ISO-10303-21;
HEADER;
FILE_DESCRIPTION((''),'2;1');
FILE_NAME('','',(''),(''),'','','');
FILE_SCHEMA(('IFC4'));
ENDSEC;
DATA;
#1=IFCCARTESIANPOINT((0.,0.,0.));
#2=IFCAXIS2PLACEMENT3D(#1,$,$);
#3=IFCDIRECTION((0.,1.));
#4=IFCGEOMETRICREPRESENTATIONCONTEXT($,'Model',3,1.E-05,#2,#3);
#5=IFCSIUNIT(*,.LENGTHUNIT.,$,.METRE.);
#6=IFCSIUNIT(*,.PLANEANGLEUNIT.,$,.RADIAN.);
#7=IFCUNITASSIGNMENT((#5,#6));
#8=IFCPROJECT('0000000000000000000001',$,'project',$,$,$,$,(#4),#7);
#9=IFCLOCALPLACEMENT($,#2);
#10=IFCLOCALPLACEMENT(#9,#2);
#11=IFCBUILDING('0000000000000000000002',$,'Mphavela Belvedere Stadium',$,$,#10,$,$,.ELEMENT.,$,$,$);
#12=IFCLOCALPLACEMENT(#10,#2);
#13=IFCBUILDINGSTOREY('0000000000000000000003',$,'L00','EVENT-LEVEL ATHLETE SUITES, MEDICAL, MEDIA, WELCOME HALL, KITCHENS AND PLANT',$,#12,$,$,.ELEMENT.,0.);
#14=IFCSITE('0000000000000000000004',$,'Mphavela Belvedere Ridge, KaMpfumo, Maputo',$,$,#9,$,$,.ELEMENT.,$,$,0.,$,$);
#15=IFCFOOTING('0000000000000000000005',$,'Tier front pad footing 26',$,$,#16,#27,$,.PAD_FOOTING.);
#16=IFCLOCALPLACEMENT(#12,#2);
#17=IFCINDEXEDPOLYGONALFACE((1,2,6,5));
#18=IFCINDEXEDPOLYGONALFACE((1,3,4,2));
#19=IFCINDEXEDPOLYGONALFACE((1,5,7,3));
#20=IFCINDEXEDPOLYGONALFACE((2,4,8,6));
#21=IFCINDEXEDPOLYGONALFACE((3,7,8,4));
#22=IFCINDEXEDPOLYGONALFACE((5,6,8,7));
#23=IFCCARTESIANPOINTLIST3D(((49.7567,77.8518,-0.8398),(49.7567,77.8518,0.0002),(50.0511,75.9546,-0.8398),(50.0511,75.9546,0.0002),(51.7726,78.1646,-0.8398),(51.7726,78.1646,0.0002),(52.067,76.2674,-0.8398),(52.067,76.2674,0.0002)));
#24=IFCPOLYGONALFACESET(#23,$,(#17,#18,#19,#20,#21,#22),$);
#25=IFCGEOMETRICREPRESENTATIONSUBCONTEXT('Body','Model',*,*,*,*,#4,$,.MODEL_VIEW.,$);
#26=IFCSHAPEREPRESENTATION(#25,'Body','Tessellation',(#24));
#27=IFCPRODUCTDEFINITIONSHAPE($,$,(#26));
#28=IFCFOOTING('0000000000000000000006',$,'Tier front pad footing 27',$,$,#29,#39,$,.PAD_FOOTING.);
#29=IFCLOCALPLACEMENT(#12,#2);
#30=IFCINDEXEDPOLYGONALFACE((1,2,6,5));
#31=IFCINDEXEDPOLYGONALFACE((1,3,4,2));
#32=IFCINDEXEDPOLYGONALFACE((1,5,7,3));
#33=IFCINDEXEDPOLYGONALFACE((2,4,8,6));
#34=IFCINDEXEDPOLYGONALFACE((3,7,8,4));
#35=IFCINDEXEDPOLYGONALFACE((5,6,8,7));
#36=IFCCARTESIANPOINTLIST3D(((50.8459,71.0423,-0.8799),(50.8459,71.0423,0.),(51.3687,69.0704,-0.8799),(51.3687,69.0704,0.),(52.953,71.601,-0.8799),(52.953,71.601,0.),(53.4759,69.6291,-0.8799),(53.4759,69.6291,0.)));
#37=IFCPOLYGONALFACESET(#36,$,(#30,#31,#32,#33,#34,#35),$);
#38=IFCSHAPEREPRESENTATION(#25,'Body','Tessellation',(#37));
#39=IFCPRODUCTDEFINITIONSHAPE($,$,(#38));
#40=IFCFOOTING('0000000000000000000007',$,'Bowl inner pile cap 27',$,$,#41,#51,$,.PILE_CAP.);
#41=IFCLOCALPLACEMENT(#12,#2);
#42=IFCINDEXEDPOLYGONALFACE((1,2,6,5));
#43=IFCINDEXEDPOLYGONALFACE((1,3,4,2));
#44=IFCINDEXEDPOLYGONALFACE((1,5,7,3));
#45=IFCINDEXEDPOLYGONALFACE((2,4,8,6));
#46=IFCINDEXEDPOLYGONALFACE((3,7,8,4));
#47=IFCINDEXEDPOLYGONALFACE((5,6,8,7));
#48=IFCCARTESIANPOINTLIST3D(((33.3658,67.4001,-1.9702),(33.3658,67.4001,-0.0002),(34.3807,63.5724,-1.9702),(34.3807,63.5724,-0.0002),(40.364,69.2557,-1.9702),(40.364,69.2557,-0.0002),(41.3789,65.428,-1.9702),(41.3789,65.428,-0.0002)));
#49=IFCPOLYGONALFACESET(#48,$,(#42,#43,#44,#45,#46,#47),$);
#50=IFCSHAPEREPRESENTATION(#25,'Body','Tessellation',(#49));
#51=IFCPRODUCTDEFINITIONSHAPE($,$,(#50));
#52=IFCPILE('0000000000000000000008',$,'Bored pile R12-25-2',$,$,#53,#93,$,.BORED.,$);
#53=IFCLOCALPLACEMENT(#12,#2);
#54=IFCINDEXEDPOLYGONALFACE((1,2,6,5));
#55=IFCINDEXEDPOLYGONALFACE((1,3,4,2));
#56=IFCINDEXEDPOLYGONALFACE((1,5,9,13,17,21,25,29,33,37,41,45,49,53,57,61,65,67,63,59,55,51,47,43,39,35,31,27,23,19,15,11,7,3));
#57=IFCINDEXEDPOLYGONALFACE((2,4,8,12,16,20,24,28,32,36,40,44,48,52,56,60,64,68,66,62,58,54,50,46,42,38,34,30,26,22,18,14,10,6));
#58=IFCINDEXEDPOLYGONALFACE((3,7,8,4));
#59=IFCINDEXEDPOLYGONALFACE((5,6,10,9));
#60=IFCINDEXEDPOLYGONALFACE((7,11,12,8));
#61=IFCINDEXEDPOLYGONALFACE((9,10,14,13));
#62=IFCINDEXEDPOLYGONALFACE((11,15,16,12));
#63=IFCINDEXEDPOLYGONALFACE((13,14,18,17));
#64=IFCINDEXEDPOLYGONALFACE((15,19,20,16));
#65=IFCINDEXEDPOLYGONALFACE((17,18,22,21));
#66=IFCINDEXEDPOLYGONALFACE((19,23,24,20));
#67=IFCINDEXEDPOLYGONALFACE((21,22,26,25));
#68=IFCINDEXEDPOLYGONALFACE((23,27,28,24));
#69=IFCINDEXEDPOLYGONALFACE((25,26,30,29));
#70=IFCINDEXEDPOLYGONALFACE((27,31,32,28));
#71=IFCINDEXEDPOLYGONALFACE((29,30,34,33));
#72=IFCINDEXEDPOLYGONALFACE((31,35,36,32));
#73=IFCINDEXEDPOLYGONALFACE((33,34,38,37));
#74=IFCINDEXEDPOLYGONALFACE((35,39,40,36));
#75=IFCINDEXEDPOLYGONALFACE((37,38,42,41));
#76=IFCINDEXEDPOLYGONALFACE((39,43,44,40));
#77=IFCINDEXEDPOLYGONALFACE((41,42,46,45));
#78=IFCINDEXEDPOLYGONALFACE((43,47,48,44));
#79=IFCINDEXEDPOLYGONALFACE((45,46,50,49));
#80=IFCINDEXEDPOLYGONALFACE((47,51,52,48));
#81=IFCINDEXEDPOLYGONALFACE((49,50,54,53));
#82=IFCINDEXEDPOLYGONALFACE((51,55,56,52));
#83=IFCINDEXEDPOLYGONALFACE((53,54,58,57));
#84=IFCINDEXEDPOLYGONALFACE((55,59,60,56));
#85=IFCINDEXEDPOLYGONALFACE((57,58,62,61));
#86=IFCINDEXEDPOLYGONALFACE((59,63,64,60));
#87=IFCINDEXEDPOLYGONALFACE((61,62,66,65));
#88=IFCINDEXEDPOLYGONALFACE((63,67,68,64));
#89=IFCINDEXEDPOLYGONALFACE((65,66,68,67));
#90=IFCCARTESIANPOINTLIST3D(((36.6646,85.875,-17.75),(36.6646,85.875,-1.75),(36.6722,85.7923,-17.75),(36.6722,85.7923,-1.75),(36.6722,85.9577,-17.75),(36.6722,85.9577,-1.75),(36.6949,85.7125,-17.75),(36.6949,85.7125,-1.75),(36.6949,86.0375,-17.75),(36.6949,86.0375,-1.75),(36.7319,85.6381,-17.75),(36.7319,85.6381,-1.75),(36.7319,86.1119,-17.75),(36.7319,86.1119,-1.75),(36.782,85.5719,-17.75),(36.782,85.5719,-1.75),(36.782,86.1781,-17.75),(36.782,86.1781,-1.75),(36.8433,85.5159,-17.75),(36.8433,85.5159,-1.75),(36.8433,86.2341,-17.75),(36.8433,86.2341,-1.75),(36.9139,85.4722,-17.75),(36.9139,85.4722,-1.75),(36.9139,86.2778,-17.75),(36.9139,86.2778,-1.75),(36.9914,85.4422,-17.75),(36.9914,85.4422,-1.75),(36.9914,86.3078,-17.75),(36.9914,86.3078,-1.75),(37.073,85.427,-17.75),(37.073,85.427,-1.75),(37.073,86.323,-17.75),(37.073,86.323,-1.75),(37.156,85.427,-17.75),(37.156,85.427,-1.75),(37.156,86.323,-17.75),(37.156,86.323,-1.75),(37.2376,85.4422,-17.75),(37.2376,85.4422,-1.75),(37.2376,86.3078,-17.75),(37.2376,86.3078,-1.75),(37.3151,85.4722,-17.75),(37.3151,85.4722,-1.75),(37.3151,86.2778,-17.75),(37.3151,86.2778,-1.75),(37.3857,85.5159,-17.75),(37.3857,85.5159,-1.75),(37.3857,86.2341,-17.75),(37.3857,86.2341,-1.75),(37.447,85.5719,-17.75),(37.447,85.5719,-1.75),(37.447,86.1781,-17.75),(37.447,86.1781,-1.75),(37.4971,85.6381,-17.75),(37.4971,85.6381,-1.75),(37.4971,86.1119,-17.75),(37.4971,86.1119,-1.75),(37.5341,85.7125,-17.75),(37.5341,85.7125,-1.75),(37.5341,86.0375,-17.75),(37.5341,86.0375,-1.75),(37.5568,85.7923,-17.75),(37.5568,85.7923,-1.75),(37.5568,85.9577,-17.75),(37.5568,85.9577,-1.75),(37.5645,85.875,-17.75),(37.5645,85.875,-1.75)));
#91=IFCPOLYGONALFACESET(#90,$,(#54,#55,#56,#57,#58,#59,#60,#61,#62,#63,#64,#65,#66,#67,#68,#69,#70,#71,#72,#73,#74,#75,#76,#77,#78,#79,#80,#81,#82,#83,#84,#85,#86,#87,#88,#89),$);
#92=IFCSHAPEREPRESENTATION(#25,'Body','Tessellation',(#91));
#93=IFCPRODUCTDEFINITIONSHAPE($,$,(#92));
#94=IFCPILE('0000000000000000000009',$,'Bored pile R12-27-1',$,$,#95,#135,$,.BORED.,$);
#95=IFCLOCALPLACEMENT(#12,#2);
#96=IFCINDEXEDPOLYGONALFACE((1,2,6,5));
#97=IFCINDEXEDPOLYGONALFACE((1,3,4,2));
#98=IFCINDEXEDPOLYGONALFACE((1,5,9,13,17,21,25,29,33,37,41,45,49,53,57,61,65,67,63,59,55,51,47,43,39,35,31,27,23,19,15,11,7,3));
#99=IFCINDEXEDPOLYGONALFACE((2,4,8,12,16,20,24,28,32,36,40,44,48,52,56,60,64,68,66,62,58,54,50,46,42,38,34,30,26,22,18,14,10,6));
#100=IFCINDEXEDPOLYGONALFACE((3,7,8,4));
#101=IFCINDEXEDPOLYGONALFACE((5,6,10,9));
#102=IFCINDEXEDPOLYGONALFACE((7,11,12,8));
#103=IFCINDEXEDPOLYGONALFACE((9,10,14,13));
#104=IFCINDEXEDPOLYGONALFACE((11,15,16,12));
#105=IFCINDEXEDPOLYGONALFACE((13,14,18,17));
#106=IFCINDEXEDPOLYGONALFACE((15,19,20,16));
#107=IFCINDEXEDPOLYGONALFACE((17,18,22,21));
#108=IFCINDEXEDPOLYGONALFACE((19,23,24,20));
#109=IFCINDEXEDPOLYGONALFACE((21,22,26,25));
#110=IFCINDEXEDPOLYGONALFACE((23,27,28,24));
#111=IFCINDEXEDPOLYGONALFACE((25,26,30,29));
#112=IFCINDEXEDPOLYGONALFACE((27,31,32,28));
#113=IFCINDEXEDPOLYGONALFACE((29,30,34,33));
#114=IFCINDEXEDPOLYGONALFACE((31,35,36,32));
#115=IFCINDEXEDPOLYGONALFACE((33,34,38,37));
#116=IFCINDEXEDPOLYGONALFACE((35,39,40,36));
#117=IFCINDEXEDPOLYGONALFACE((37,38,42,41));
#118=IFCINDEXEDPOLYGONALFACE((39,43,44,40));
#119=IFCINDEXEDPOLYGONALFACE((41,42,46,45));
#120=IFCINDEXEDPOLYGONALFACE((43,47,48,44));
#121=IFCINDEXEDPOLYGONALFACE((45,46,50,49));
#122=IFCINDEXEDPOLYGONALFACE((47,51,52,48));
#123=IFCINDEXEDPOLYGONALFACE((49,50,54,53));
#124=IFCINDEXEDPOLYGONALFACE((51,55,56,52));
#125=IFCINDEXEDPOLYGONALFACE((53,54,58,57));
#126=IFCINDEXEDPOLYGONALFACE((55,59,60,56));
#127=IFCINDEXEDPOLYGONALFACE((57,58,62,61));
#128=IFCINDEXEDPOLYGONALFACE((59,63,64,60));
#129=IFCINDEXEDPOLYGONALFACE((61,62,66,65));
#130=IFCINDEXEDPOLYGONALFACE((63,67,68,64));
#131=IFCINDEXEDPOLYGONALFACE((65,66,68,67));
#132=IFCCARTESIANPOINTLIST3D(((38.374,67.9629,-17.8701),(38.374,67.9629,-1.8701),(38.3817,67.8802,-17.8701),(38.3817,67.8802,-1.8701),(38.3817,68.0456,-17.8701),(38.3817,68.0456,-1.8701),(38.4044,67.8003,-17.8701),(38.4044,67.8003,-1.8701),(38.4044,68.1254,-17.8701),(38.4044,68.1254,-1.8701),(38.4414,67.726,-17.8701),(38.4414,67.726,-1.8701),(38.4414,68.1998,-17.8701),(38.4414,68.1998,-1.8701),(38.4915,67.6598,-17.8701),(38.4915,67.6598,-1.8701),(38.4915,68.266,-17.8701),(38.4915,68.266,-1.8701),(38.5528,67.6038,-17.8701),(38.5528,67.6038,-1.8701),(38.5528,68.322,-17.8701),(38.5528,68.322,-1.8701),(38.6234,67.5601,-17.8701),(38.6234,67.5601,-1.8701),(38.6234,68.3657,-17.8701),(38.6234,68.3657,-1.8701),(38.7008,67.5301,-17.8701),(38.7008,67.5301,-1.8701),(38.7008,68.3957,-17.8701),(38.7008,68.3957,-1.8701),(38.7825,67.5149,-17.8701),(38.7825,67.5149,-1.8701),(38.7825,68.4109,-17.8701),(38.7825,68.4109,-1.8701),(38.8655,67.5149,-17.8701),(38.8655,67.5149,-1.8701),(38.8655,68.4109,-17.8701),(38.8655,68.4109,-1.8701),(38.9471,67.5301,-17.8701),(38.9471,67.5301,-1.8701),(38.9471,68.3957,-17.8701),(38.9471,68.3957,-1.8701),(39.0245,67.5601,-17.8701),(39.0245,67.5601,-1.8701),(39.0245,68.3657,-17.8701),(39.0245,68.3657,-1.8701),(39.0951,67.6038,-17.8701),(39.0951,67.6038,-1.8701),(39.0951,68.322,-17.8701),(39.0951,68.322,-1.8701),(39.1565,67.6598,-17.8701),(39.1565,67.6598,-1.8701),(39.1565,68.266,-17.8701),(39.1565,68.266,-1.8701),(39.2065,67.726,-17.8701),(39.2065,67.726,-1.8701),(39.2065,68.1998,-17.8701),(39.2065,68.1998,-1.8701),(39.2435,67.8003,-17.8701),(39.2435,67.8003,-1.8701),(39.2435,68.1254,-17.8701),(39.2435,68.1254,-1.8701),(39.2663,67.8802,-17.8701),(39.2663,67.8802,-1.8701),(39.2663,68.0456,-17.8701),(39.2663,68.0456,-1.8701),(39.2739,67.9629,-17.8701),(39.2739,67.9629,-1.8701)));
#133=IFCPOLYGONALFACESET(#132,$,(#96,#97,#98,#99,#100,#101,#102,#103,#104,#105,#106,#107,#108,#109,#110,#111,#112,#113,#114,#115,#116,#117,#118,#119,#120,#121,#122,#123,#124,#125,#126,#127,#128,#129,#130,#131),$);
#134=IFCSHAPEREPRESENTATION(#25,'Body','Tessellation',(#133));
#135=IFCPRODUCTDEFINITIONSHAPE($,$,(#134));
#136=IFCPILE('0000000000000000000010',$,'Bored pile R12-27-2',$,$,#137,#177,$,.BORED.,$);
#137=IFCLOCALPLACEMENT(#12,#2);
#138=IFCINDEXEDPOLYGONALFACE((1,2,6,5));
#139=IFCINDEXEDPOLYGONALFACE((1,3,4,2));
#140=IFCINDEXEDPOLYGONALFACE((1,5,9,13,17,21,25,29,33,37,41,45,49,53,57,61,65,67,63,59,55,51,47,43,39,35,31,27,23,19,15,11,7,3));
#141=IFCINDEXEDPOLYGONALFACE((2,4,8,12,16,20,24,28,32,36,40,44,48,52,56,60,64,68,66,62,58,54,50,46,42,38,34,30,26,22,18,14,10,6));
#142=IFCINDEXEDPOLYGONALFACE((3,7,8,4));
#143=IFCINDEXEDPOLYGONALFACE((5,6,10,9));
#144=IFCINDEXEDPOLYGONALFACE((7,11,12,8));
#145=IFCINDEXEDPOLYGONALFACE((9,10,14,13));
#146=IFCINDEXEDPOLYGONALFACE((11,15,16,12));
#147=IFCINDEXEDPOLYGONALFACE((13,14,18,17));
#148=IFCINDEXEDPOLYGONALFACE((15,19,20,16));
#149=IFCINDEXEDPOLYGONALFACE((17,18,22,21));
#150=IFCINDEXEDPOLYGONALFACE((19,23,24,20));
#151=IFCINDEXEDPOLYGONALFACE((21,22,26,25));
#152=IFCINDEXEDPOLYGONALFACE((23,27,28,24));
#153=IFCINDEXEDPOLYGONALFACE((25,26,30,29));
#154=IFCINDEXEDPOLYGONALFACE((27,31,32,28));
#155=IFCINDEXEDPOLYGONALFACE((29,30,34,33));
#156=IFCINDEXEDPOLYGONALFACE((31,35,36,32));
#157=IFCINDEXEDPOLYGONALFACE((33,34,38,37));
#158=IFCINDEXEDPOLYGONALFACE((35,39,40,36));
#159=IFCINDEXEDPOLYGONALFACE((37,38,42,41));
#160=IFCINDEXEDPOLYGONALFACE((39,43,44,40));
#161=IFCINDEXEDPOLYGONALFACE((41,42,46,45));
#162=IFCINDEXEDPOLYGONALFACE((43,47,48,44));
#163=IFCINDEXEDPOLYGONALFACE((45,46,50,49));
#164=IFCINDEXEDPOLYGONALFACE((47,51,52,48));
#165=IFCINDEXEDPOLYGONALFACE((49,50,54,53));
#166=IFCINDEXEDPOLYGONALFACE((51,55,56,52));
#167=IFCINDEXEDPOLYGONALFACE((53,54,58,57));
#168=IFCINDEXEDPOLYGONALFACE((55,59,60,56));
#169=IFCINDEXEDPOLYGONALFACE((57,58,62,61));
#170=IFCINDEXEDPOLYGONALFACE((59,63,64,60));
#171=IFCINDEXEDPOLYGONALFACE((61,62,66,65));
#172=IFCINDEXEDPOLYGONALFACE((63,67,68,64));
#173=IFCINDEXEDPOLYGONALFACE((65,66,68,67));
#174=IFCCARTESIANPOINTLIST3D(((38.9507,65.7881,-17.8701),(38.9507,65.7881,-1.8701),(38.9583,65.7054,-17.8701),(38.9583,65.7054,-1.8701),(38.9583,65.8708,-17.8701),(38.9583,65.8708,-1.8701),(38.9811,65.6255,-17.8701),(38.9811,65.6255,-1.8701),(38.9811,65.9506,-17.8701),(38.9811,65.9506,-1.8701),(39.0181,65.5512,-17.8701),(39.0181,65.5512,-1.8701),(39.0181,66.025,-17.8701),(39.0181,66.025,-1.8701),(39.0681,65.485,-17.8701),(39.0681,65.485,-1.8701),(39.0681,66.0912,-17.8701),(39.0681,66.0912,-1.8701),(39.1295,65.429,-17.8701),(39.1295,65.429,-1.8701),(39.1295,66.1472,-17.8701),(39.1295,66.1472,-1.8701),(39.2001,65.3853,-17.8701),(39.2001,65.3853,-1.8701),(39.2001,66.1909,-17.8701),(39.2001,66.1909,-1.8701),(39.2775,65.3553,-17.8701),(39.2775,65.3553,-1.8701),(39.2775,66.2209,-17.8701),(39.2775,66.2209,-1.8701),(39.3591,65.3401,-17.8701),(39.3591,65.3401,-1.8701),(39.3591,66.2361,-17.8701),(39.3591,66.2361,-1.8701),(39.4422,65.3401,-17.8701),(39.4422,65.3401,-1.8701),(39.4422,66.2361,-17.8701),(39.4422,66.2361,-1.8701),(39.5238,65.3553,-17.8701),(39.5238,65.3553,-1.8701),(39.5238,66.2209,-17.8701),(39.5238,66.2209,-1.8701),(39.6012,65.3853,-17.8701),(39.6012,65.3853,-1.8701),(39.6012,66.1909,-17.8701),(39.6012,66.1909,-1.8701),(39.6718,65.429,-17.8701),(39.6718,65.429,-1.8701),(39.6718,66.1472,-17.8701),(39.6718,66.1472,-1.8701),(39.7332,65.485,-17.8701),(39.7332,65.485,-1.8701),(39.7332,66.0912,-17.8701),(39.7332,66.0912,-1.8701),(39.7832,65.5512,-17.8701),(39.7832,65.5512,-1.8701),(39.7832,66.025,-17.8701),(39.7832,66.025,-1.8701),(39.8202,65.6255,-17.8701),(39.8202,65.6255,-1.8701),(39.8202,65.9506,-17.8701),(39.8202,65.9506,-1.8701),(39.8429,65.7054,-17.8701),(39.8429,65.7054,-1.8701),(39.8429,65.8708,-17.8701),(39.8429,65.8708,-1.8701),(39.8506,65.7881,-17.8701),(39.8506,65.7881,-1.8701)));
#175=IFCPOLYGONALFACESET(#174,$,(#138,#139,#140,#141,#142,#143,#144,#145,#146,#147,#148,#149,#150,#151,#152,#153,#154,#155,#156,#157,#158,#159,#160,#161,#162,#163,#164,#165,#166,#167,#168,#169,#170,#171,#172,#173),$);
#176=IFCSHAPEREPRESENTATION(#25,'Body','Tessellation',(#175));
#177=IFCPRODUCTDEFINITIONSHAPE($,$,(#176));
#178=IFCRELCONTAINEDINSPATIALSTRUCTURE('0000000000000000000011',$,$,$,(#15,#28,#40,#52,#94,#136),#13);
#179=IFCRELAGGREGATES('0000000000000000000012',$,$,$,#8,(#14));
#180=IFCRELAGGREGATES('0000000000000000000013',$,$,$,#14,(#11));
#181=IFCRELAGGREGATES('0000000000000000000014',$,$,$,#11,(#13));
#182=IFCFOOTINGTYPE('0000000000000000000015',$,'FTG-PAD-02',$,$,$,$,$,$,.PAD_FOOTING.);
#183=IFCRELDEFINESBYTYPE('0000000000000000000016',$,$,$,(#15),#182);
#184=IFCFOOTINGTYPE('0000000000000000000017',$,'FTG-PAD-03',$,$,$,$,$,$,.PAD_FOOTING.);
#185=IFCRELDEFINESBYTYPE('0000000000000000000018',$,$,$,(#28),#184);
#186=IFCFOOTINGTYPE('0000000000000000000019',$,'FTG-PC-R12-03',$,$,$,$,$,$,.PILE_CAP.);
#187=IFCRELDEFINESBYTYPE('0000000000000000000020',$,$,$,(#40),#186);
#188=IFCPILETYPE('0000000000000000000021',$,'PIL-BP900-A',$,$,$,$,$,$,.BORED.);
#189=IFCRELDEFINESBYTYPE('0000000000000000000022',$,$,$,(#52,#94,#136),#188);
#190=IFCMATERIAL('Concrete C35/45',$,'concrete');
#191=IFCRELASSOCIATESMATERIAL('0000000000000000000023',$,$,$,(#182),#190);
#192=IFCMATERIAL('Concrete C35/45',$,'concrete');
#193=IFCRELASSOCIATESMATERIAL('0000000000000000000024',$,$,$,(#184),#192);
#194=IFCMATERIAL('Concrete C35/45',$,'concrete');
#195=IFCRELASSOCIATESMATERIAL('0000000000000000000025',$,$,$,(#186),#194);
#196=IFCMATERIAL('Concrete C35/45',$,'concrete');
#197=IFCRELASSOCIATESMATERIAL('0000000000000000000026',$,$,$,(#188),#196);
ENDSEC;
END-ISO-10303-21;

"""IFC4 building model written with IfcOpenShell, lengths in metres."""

from ifc_helpers import new_model, si_unit, direction, frame, origin, origin_2d, place, context, subcontext, project, spatial, rectangle, circle, extrude, material, material_profile, profile_set, type_object, element, save


model = new_model("IFC4")

# Units and contexts
model_context = context("Model", 3, precision=1e-05, world=origin(), true_north=direction((0.0, 1.0)))
body_context = subcontext(model_context, "Body", "Model", "MODEL_VIEW")
ifc_project = project(units=[si_unit("LENGTHUNIT", "METRE"), si_unit("PLANEANGLEUNIT", "RADIAN")], contexts=[model_context])

# Site, building, storey
site_placement = place(None, origin())
site = spatial("IfcSite", under=ifc_project, at=site_placement, Name="Mphavela Belvedere Ridge, KaMpfumo, Maputo", CompositionType="ELEMENT", RefElevation=0.0)
building_placement = place(site_placement, origin())
building = spatial("IfcBuilding", under=site, at=building_placement, Name="Mphavela Belvedere Stadium", CompositionType="ELEMENT")
storey_placement = place(building_placement, origin())
storey = spatial("IfcBuildingStorey", under=building, at=storey_placement, Name="L00", Description="EVENT-LEVEL ATHLETE SUITES, MEDICAL, MEDIA, WELCOME HALL, KITCHENS AND PLANT", CompositionType="ELEMENT", Elevation=0.0)

# Footings
ifc_material_1 = material(Name="Concrete C35/45", Category="concrete")
footing_type_1 = type_object("IfcFootingType", Name="FTG-PAD-02", PredefinedType="PAD_FOOTING", material=ifc_material_1)
footing_1_placement = place(storey_placement, frame((50.9119, 77.0596, -0.8398), z_axis=(0.0, 0.0, 1.0), x_axis=(-0.988175, -0.153331, 0.0)))
element("IfcFooting", 1, at=footing_1_placement, inside=storey, type_object=footing_type_1, Name="Tier front pad footing 26", PredefinedType="PAD_FOOTING", context=body_context, shape_type="SweptSolid", body=[
    extrude(rectangle(XDim=2.04, YDim=1.9199, at=origin_2d()), origin(), (0.0, 0.0, 1.0), 0.8401),
])
ifc_material_2 = material(Name="Concrete C35/45", Category="concrete")
footing_type_2 = type_object("IfcFootingType", Name="FTG-PAD-03", PredefinedType="PAD_FOOTING", material=ifc_material_2)
footing_2_placement = place(storey_placement, frame((52.1609, 70.3357, -0.8799), z_axis=(0.0, 0.0, 1.0), x_axis=(-0.9666, -0.256289, 0.0)))
element("IfcFooting", 2, at=footing_2_placement, inside=storey, type_object=footing_type_2, Name="Tier front pad footing 27", PredefinedType="PAD_FOOTING", context=body_context, shape_type="SweptSolid", body=[
    extrude(rectangle(XDim=2.1799, YDim=2.04, at=origin_2d()), origin(), (0.0, 0.0, 1.0), 0.8799),
])
ifc_material_3 = material(Name="Concrete C35/45", Category="concrete")
footing_type_3 = type_object("IfcFootingType", Name="FTG-PC-R12-03", PredefinedType="PILE_CAP", material=ifc_material_3)
footing_3_placement = place(storey_placement, frame((37.3723, 66.4141, -1.9702), z_axis=(0.0, 0.0, 1.0), x_axis=(-0.9666, -0.256289, 0.0)))
element("IfcFooting", 3, at=footing_3_placement, inside=storey, type_object=footing_type_3, Name="Bowl inner pile cap 27", PredefinedType="PILE_CAP", context=body_context, shape_type="SweptSolid", body=[
    extrude(rectangle(XDim=7.24, YDim=3.96, at=origin_2d()), origin(), (0.0, 0.0, 1.0), 1.97),
])

# Piles
ifc_material_4 = material(Name="Concrete C35/45", Category="concrete")
ifc_material_profile_1 = material_profile(ifc_material_4, circle(Radius=0.45, at=origin_2d()), Name="BP D900")
ifc_profile_set_1 = profile_set([ifc_material_profile_1], Name="Concrete C35/45")
pile_type_1 = type_object("IfcPileType", Name="PIL-BP900-A", PredefinedType="BORED", material=ifc_profile_set_1)
for number, where, z_axis, x_axis, name in (
    (4, (37.1145, 85.875, -1.75), (0.0, 0.0, -1.0), (1.0, 0.0, 0.0), "Bored pile R12-25-2"),
    (5, (38.824, 67.9629, -1.8701), (0.0, 0.0, -1.0), (1.0, 0.0, 0.0), "Bored pile R12-27-1"),
    (6, (39.4006, 65.7881, -1.8701), (0.0, 0.0, -1.0), (1.0, 0.0, 0.0), "Bored pile R12-27-2"),
):
    element("IfcPile", number, at=place(storey_placement, frame(where, z_axis=z_axis, x_axis=x_axis)), inside=storey, type_object=pile_type_1, Name=name, PredefinedType="BORED", context=body_context, shape_type="SweptSolid", body=[
        extrude(circle(Radius=0.45, at=origin_2d()), origin(), (0.0, 0.0, 1.0), 16.0),
    ])

save(model, "model.ifc")
